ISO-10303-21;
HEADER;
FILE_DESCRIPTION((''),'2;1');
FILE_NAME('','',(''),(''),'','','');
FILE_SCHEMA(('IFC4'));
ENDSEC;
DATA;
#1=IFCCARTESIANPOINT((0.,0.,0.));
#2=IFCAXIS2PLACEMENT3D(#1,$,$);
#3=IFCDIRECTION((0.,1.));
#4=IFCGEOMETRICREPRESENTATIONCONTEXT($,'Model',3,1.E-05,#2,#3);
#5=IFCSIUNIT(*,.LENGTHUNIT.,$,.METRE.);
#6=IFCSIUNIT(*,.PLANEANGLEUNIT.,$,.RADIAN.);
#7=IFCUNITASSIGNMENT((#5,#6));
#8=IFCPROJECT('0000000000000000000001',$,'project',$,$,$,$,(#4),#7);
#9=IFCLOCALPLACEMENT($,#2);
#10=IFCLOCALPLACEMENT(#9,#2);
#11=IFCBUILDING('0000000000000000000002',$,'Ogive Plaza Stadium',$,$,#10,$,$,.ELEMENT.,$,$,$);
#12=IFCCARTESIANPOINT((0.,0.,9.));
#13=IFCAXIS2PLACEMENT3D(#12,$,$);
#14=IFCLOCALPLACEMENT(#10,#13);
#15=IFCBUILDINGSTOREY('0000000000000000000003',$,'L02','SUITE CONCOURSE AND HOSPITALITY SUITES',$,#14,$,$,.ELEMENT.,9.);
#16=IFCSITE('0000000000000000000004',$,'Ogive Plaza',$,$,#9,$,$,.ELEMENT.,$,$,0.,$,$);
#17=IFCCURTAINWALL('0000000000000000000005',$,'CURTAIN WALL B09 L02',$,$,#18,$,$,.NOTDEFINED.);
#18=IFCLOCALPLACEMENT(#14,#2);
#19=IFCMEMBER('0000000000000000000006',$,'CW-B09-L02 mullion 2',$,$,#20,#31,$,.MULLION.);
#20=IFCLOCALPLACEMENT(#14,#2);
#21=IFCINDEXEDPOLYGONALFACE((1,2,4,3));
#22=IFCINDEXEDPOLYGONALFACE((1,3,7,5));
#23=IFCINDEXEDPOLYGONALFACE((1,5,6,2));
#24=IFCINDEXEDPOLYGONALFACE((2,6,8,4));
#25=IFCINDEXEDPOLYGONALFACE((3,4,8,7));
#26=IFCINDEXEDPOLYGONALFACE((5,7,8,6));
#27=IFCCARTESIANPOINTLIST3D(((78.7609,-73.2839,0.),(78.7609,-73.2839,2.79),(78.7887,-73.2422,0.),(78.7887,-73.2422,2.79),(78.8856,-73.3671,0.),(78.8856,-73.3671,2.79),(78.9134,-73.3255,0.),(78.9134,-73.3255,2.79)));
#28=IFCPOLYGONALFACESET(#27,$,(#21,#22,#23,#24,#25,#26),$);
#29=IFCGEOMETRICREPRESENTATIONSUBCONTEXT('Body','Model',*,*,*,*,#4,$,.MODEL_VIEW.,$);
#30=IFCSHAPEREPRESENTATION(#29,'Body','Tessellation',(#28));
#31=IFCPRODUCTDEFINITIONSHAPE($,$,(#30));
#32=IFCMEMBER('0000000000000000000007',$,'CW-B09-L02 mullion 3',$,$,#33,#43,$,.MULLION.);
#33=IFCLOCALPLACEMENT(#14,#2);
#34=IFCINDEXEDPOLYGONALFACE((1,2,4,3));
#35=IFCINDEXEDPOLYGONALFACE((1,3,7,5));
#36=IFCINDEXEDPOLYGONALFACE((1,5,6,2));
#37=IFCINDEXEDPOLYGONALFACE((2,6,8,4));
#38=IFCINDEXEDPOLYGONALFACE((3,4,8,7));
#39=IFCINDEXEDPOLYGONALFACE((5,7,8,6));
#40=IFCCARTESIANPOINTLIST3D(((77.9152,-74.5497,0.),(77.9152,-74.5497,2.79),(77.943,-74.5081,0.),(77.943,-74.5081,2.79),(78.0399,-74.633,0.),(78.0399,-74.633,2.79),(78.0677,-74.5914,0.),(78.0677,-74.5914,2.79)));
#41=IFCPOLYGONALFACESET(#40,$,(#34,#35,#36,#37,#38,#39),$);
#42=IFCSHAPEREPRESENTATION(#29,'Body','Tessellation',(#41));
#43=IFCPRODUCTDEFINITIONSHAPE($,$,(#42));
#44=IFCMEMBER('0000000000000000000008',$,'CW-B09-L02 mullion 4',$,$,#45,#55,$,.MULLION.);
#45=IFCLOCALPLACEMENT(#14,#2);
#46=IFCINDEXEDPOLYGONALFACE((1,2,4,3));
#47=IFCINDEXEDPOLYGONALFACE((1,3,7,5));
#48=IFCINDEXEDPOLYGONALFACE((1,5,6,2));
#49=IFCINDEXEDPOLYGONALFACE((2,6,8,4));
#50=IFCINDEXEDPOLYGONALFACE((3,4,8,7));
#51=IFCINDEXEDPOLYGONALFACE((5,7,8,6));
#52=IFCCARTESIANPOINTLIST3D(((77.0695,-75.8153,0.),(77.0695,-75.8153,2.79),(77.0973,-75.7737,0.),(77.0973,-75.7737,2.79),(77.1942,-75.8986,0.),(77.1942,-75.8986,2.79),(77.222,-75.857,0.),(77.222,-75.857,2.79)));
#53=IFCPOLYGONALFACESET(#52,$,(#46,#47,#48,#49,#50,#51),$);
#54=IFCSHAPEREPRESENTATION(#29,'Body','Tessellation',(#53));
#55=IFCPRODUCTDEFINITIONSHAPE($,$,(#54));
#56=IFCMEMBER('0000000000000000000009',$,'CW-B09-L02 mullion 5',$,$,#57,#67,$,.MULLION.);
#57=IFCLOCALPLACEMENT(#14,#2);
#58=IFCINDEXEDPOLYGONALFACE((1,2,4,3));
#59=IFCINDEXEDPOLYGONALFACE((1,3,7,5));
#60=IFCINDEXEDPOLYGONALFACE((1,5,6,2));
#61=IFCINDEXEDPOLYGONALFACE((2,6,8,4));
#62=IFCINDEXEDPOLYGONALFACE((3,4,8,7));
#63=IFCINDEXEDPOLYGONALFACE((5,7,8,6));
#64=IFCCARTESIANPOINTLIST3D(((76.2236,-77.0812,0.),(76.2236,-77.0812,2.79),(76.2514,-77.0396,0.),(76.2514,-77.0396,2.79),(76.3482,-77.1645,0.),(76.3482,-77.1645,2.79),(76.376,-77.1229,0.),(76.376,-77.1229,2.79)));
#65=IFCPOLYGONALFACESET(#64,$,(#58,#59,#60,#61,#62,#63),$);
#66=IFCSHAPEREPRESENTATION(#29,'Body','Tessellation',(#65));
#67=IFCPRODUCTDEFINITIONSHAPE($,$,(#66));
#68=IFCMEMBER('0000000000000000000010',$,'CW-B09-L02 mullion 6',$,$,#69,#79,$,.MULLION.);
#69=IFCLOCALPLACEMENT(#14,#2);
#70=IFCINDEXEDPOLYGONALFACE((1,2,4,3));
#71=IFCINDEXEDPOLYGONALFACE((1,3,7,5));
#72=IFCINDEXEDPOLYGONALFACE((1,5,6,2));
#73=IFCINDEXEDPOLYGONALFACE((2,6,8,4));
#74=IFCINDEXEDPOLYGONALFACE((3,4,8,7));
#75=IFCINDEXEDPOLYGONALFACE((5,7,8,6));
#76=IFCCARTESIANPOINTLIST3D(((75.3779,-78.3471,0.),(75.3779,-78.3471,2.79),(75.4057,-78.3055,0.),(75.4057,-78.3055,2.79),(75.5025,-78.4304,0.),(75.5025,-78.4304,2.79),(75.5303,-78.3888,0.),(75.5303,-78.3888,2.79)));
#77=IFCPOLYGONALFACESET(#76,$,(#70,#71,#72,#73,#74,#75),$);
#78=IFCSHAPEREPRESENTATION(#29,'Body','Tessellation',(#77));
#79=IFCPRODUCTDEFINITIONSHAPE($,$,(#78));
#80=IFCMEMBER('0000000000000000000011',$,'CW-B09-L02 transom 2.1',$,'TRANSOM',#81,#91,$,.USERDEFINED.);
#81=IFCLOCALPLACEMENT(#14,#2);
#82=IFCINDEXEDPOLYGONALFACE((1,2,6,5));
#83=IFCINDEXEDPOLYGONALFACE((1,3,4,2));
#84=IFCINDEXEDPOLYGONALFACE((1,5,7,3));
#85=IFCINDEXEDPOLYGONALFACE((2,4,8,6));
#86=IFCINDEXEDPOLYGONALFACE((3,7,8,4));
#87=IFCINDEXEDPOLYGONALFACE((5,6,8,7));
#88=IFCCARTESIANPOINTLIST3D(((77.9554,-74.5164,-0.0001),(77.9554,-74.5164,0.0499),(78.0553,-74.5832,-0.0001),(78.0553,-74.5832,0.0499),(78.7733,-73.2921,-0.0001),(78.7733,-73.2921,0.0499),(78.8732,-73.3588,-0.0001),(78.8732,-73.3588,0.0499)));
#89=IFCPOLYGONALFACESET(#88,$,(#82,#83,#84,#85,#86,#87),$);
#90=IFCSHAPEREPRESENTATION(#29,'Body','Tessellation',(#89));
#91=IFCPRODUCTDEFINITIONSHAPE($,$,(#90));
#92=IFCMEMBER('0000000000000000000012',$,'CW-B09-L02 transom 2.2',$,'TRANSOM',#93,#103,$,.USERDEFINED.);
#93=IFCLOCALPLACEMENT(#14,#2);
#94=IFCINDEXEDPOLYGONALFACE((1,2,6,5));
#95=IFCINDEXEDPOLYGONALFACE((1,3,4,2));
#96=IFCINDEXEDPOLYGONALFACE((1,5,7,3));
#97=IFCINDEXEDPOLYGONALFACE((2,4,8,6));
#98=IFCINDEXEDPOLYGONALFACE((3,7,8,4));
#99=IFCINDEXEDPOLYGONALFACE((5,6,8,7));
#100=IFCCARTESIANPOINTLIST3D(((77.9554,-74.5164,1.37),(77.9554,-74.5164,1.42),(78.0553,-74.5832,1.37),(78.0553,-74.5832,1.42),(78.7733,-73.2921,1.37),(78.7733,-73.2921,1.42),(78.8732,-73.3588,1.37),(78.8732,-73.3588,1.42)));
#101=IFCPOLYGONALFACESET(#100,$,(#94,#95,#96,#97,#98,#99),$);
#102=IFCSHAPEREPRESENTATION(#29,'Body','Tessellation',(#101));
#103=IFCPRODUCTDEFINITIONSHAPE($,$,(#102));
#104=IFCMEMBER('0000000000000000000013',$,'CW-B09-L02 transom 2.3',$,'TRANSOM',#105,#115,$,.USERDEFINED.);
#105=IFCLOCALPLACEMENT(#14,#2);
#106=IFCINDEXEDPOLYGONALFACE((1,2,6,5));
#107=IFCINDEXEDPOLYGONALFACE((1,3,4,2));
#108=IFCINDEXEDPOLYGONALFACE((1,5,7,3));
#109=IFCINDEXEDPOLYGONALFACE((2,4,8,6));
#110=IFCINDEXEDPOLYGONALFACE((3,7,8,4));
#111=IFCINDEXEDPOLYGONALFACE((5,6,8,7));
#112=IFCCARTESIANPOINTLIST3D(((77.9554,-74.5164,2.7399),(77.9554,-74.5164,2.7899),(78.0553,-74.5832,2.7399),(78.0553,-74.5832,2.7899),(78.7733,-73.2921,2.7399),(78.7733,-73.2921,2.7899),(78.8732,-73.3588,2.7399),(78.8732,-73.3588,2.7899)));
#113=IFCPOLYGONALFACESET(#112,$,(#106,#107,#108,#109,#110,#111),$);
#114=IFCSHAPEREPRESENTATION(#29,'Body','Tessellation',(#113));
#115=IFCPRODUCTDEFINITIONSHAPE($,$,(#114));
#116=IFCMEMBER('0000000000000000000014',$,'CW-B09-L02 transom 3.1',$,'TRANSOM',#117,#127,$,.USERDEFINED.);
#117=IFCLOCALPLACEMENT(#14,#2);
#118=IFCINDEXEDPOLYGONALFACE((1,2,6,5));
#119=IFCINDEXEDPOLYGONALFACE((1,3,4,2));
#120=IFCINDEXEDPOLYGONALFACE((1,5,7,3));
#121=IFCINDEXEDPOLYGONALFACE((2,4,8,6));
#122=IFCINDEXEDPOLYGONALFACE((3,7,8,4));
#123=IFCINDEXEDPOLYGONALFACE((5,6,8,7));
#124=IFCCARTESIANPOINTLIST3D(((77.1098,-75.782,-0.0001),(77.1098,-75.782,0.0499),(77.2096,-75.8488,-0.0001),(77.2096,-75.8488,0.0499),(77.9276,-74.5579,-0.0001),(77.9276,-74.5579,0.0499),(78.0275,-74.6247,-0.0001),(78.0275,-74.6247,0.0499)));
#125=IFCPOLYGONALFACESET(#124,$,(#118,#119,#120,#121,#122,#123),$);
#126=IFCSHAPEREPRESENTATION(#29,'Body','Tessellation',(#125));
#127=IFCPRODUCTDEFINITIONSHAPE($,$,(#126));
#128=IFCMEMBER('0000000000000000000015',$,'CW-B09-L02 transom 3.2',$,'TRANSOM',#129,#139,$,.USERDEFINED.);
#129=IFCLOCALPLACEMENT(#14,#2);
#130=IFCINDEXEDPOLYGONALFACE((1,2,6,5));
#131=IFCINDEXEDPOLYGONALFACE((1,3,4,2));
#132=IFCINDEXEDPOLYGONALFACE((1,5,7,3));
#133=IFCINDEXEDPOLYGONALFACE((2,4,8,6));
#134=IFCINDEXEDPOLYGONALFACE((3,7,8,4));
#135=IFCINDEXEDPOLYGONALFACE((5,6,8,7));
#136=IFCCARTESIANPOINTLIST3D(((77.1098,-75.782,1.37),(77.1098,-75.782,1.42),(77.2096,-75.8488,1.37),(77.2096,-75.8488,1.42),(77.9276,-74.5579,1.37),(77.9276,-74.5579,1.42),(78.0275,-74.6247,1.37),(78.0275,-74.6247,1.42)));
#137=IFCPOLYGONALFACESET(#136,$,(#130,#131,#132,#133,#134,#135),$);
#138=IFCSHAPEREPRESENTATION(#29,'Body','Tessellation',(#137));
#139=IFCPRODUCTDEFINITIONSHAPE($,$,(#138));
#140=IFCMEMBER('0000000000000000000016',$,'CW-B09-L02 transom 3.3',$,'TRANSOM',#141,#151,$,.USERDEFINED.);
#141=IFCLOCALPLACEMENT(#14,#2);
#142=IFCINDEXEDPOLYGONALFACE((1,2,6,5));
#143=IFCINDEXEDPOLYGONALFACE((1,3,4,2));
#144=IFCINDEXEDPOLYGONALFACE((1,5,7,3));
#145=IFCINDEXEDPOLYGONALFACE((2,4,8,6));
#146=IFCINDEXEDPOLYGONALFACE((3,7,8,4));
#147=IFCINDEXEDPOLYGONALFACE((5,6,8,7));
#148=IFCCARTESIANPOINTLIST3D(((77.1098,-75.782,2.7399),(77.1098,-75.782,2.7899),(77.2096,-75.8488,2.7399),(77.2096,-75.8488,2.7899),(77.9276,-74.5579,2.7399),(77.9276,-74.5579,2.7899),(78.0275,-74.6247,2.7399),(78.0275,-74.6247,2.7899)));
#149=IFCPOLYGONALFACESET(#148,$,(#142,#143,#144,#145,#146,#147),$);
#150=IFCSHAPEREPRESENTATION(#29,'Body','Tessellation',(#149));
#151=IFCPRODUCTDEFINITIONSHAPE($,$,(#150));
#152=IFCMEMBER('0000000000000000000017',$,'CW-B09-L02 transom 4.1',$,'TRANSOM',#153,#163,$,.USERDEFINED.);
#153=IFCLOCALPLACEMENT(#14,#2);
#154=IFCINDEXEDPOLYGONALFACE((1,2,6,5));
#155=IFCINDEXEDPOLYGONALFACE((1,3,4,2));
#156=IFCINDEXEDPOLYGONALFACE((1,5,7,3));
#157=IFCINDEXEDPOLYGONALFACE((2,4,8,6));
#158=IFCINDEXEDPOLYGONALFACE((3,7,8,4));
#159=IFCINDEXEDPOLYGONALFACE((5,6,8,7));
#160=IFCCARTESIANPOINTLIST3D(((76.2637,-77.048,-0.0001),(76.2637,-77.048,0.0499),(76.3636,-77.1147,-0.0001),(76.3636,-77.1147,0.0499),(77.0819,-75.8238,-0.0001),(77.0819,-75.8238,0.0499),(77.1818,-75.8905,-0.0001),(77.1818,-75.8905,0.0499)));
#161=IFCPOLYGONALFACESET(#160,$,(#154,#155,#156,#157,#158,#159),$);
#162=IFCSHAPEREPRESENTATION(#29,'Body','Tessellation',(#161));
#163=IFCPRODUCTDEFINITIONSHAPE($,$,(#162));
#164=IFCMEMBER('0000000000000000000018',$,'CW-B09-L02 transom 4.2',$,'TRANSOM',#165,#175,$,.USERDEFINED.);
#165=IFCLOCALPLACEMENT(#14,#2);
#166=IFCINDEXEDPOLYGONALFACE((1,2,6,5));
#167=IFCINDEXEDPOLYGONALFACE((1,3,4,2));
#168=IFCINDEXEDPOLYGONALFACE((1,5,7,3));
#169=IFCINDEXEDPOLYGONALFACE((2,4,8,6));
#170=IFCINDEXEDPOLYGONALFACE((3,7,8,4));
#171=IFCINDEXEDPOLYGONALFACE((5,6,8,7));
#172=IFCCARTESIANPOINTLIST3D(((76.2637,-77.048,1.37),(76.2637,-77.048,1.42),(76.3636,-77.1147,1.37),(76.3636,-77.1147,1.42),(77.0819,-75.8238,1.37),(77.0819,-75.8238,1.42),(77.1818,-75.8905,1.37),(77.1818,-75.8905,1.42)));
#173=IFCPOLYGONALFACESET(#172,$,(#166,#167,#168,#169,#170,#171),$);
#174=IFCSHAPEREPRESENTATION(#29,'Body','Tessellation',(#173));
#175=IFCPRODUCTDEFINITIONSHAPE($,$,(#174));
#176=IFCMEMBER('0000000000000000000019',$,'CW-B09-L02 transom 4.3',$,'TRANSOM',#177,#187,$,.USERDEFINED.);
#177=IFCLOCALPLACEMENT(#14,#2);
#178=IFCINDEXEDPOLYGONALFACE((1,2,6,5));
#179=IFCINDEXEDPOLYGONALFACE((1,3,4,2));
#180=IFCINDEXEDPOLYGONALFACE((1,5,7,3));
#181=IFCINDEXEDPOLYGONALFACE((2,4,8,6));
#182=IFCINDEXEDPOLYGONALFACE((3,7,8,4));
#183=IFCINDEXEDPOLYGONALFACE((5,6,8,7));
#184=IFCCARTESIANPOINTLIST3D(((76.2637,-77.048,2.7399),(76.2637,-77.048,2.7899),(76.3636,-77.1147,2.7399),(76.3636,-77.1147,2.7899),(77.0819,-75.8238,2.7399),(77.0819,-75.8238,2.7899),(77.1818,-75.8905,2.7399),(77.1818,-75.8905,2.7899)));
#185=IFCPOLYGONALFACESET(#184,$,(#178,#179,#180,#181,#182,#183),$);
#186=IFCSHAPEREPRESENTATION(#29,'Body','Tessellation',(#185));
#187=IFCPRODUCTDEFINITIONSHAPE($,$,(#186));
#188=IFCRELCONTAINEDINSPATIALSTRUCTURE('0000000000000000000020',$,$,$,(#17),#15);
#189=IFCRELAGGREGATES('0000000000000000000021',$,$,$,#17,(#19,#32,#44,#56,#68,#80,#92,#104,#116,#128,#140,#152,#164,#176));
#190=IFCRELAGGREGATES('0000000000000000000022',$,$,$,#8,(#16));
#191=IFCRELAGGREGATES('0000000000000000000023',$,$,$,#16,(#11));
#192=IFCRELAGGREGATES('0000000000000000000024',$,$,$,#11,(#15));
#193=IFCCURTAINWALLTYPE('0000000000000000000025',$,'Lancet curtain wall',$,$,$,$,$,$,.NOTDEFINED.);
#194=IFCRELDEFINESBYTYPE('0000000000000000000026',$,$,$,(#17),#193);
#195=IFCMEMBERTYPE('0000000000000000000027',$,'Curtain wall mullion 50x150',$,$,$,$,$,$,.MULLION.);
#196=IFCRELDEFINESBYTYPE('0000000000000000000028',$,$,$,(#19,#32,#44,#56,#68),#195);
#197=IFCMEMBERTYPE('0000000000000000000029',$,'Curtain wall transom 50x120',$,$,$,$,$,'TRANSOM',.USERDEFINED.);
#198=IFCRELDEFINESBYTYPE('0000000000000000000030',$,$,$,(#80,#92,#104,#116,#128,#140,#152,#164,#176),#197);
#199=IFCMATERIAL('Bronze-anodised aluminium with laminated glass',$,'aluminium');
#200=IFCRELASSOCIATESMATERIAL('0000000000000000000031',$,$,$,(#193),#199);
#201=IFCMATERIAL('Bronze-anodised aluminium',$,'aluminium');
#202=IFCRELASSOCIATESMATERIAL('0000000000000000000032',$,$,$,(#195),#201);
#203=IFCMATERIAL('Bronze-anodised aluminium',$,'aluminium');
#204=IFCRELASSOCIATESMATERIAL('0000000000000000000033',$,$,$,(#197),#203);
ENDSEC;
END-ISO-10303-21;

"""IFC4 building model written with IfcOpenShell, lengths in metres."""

from ifc_helpers import new_model, si_unit, direction, frame, origin, origin_2d, place, context, subcontext, project, spatial, rectangle, extrude, material, material_profile, profile_set, type_object, element, aggregate, save


model = new_model("IFC4")

# Units and contexts
model_context = context("Model", 3, precision=1e-05, world=origin(), true_north=direction((0.0, 1.0)))
body_context = subcontext(model_context, "Body", "Model", "MODEL_VIEW")
ifc_project = project(units=[si_unit("LENGTHUNIT", "METRE"), si_unit("PLANEANGLEUNIT", "RADIAN")], contexts=[model_context])

# Site, building, storey
site_placement = place(None, origin())
site = spatial("IfcSite", under=ifc_project, at=site_placement, Name="Ogive Plaza", CompositionType="ELEMENT", RefElevation=0.0)
building_placement = place(site_placement, origin())
building = spatial("IfcBuilding", under=site, at=building_placement, Name="Ogive Plaza Stadium", CompositionType="ELEMENT")
storey_placement = place(building_placement, frame((0.0, 0.0, 9.0)))
storey = spatial("IfcBuildingStorey", under=building, at=storey_placement, Name="L02", Description="SUITE CONCOURSE AND HOSPITALITY SUITES", CompositionType="ELEMENT", Elevation=9.0)

# Curtain wall, members
ifc_material_1 = material(Name="Bronze-anodised aluminium with laminated glass", Category="aluminium")
curtain_wall_type = type_object("IfcCurtainWallType", Name="Lancet curtain wall", PredefinedType="NOTDEFINED", material=ifc_material_1)
curtain_wall_placement = place(storey_placement, origin())
curtain_wall = element("IfcCurtainWall", 1, at=curtain_wall_placement, inside=storey, type_object=curtain_wall_type, Name="CURTAIN WALL B09 L02", PredefinedType="NOTDEFINED")
ifc_material_2 = material(Name="Bronze-anodised aluminium", Category="aluminium")
ifc_material_profile_1 = material_profile(ifc_material_2, rectangle(XDim=0.1499, YDim=0.05, at=origin_2d()), Name="AL 150x50")
ifc_profile_set_1 = profile_set([ifc_material_profile_1], Name="Bronze-anodised aluminium")
member_type_1 = type_object("IfcMemberType", Name="Curtain wall mullion 50x150", PredefinedType="MULLION", material=ifc_profile_set_1)
member_1_placement = place(storey_placement, frame((78.8372, -73.3047, 0.0), z_axis=(0.0, 0.0, 1.0), x_axis=(0.83147, -0.55557, 0.0)))
member_1 = element("IfcMember", 2, at=member_1_placement, type_object=member_type_1, Name="CW-B09-L02 mullion 2", PredefinedType="MULLION", context=body_context, shape_type="SweptSolid", body=[
    extrude(rectangle(XDim=0.1499, YDim=0.05, at=origin_2d()), origin(), (0.0, 0.0, 1.0), 2.79),
])
member_2_placement = place(storey_placement, frame((77.9915, -74.5706, 0.0), z_axis=(0.0, 0.0, 1.0), x_axis=(0.83147, -0.55557, 0.0)))
member_2 = element("IfcMember", 3, at=member_2_placement, type_object=member_type_1, Name="CW-B09-L02 mullion 3", PredefinedType="MULLION", context=body_context, shape_type="SweptSolid", body=[
    extrude(rectangle(XDim=0.1499, YDim=0.05, at=origin_2d()), origin(), (0.0, 0.0, 1.0), 2.79),
])
member_3_placement = place(storey_placement, frame((77.1458, -75.8362, 0.0), z_axis=(0.0, 0.0, 1.0), x_axis=(0.83147, -0.55557, 0.0)))
member_3 = element("IfcMember", 4, at=member_3_placement, type_object=member_type_1, Name="CW-B09-L02 mullion 4", PredefinedType="MULLION", context=body_context, shape_type="SweptSolid", body=[
    extrude(rectangle(XDim=0.1499, YDim=0.05, at=origin_2d()), origin(), (0.0, 0.0, 1.0), 2.79),
])
member_4_placement = place(storey_placement, frame((76.2998, -77.1021, 0.0), z_axis=(0.0, 0.0, 1.0), x_axis=(0.83147, -0.55557, 0.0)))
member_4 = element("IfcMember", 5, at=member_4_placement, type_object=member_type_1, Name="CW-B09-L02 mullion 5", PredefinedType="MULLION", context=body_context, shape_type="SweptSolid", body=[
    extrude(rectangle(XDim=0.1499, YDim=0.05, at=origin_2d()), origin(), (0.0, 0.0, 1.0), 2.79),
])
member_5_placement = place(storey_placement, frame((75.4541, -78.3679, 0.0), z_axis=(0.0, 0.0, 1.0), x_axis=(0.83147, -0.55557, 0.0)))
member_5 = element("IfcMember", 6, at=member_5_placement, type_object=member_type_1, Name="CW-B09-L02 mullion 6", PredefinedType="MULLION", context=body_context, shape_type="SweptSolid", body=[
    extrude(rectangle(XDim=0.1499, YDim=0.05, at=origin_2d()), origin(), (0.0, 0.0, 1.0), 2.79),
])
ifc_material_3 = material(Name="Bronze-anodised aluminium", Category="aluminium")
ifc_material_profile_2 = material_profile(ifc_material_3, rectangle(XDim=0.1201, YDim=0.05, at=origin_2d()), Name="AL 120x50")
ifc_profile_set_2 = profile_set([ifc_material_profile_2], Name="Bronze-anodised aluminium")
member_type_2 = type_object("IfcMemberType", Name="Curtain wall transom 50x120", ElementType="TRANSOM", PredefinedType="USERDEFINED", material=ifc_profile_set_2)
member_6_placement = place(storey_placement, frame((78.8232, -73.3254, 0.0249), z_axis=(-0.555465, -0.83154, 0.0), x_axis=(0.83154, -0.555465, 0.0)))
member_6 = element("IfcMember", 7, at=member_6_placement, type_object=member_type_2, Name="CW-B09-L02 transom 2.1", ObjectType="TRANSOM", PredefinedType="USERDEFINED", context=body_context, shape_type="SweptSolid", body=[
    extrude(rectangle(XDim=0.1201, YDim=0.05, at=origin_2d()), origin(), (0.0, 0.0, 1.0), 1.4724),
])
member_7_placement = place(storey_placement, frame((78.8232, -73.3254, 1.395), z_axis=(-0.555465, -0.83154, 0.0), x_axis=(0.83154, -0.555465, 0.0)))
member_7 = element("IfcMember", 8, at=member_7_placement, type_object=member_type_2, Name="CW-B09-L02 transom 2.2", ObjectType="TRANSOM", PredefinedType="USERDEFINED", context=body_context, shape_type="SweptSolid", body=[
    extrude(rectangle(XDim=0.1201, YDim=0.05, at=origin_2d()), origin(), (0.0, 0.0, 1.0), 1.4724),
])
member_8_placement = place(storey_placement, frame((78.8232, -73.3254, 2.7649), z_axis=(-0.555465, -0.83154, 0.0), x_axis=(0.83154, -0.555465, 0.0)))
member_8 = element("IfcMember", 9, at=member_8_placement, type_object=member_type_2, Name="CW-B09-L02 transom 2.3", ObjectType="TRANSOM", PredefinedType="USERDEFINED", context=body_context, shape_type="SweptSolid", body=[
    extrude(rectangle(XDim=0.1201, YDim=0.05, at=origin_2d()), origin(), (0.0, 0.0, 1.0), 1.4724),
])
member_9_placement = place(storey_placement, frame((77.9775, -74.5913, 0.0249), z_axis=(-0.555542, -0.831489, 0.0), x_axis=(0.831489, -0.555542, 0.0)))
member_9 = element("IfcMember", 10, at=member_9_placement, type_object=member_type_2, Name="CW-B09-L02 transom 3.1", ObjectType="TRANSOM", PredefinedType="USERDEFINED", context=body_context, shape_type="SweptSolid", body=[
    extrude(rectangle(XDim=0.1201, YDim=0.05, at=origin_2d()), origin(), (0.0, 0.0, 1.0), 1.4722),
])
member_10_placement = place(storey_placement, frame((77.9775, -74.5913, 1.395), z_axis=(-0.555542, -0.831489, 0.0), x_axis=(0.831489, -0.555542, 0.0)))
member_10 = element("IfcMember", 11, at=member_10_placement, type_object=member_type_2, Name="CW-B09-L02 transom 3.2", ObjectType="TRANSOM", PredefinedType="USERDEFINED", context=body_context, shape_type="SweptSolid", body=[
    extrude(rectangle(XDim=0.1201, YDim=0.05, at=origin_2d()), origin(), (0.0, 0.0, 1.0), 1.4722),
])
member_11_placement = place(storey_placement, frame((77.9775, -74.5913, 2.7649), z_axis=(-0.555542, -0.831489, 0.0), x_axis=(0.831489, -0.555542, 0.0)))
member_11 = element("IfcMember", 12, at=member_11_placement, type_object=member_type_2, Name="CW-B09-L02 transom 3.3", ObjectType="TRANSOM", PredefinedType="USERDEFINED", context=body_context, shape_type="SweptSolid", body=[
    extrude(rectangle(XDim=0.1201, YDim=0.05, at=origin_2d()), origin(), (0.0, 0.0, 1.0), 1.4722),
])
member_12_placement = place(storey_placement, frame((77.1318, -75.8572, 0.0249), z_axis=(-0.555656, -0.831412, 0.0), x_axis=(0.831412, -0.555656, 0.0)))
member_12 = element("IfcMember", 13, at=member_12_placement, type_object=member_type_2, Name="CW-B09-L02 transom 4.1", ObjectType="TRANSOM", PredefinedType="USERDEFINED", context=body_context, shape_type="SweptSolid", body=[
    extrude(rectangle(XDim=0.1201, YDim=0.05, at=origin_2d()), origin(), (0.0, 0.0, 1.0), 1.4724),
])
member_13_placement = place(storey_placement, frame((77.1318, -75.8572, 1.395), z_axis=(-0.555656, -0.831412, 0.0), x_axis=(0.831412, -0.555656, 0.0)))
member_13 = element("IfcMember", 14, at=member_13_placement, type_object=member_type_2, Name="CW-B09-L02 transom 4.2", ObjectType="TRANSOM", PredefinedType="USERDEFINED", context=body_context, shape_type="SweptSolid", body=[
    extrude(rectangle(XDim=0.1201, YDim=0.05, at=origin_2d()), origin(), (0.0, 0.0, 1.0), 1.4724),
])
member_14_placement = place(storey_placement, frame((77.1318, -75.8572, 2.7649), z_axis=(-0.555656, -0.831412, 0.0), x_axis=(0.831412, -0.555656, 0.0)))
member_14 = element("IfcMember", 15, at=member_14_placement, type_object=member_type_2, Name="CW-B09-L02 transom 4.3", ObjectType="TRANSOM", PredefinedType="USERDEFINED", context=body_context, shape_type="SweptSolid", body=[
    extrude(rectangle(XDim=0.1201, YDim=0.05, at=origin_2d()), origin(), (0.0, 0.0, 1.0), 1.4724),
])
aggregate(curtain_wall, [member_1, member_2, member_3, member_4, member_5, member_6, member_7, member_8, member_9, member_10, member_11, member_12, member_13, member_14])

save(model, "model.ifc")
